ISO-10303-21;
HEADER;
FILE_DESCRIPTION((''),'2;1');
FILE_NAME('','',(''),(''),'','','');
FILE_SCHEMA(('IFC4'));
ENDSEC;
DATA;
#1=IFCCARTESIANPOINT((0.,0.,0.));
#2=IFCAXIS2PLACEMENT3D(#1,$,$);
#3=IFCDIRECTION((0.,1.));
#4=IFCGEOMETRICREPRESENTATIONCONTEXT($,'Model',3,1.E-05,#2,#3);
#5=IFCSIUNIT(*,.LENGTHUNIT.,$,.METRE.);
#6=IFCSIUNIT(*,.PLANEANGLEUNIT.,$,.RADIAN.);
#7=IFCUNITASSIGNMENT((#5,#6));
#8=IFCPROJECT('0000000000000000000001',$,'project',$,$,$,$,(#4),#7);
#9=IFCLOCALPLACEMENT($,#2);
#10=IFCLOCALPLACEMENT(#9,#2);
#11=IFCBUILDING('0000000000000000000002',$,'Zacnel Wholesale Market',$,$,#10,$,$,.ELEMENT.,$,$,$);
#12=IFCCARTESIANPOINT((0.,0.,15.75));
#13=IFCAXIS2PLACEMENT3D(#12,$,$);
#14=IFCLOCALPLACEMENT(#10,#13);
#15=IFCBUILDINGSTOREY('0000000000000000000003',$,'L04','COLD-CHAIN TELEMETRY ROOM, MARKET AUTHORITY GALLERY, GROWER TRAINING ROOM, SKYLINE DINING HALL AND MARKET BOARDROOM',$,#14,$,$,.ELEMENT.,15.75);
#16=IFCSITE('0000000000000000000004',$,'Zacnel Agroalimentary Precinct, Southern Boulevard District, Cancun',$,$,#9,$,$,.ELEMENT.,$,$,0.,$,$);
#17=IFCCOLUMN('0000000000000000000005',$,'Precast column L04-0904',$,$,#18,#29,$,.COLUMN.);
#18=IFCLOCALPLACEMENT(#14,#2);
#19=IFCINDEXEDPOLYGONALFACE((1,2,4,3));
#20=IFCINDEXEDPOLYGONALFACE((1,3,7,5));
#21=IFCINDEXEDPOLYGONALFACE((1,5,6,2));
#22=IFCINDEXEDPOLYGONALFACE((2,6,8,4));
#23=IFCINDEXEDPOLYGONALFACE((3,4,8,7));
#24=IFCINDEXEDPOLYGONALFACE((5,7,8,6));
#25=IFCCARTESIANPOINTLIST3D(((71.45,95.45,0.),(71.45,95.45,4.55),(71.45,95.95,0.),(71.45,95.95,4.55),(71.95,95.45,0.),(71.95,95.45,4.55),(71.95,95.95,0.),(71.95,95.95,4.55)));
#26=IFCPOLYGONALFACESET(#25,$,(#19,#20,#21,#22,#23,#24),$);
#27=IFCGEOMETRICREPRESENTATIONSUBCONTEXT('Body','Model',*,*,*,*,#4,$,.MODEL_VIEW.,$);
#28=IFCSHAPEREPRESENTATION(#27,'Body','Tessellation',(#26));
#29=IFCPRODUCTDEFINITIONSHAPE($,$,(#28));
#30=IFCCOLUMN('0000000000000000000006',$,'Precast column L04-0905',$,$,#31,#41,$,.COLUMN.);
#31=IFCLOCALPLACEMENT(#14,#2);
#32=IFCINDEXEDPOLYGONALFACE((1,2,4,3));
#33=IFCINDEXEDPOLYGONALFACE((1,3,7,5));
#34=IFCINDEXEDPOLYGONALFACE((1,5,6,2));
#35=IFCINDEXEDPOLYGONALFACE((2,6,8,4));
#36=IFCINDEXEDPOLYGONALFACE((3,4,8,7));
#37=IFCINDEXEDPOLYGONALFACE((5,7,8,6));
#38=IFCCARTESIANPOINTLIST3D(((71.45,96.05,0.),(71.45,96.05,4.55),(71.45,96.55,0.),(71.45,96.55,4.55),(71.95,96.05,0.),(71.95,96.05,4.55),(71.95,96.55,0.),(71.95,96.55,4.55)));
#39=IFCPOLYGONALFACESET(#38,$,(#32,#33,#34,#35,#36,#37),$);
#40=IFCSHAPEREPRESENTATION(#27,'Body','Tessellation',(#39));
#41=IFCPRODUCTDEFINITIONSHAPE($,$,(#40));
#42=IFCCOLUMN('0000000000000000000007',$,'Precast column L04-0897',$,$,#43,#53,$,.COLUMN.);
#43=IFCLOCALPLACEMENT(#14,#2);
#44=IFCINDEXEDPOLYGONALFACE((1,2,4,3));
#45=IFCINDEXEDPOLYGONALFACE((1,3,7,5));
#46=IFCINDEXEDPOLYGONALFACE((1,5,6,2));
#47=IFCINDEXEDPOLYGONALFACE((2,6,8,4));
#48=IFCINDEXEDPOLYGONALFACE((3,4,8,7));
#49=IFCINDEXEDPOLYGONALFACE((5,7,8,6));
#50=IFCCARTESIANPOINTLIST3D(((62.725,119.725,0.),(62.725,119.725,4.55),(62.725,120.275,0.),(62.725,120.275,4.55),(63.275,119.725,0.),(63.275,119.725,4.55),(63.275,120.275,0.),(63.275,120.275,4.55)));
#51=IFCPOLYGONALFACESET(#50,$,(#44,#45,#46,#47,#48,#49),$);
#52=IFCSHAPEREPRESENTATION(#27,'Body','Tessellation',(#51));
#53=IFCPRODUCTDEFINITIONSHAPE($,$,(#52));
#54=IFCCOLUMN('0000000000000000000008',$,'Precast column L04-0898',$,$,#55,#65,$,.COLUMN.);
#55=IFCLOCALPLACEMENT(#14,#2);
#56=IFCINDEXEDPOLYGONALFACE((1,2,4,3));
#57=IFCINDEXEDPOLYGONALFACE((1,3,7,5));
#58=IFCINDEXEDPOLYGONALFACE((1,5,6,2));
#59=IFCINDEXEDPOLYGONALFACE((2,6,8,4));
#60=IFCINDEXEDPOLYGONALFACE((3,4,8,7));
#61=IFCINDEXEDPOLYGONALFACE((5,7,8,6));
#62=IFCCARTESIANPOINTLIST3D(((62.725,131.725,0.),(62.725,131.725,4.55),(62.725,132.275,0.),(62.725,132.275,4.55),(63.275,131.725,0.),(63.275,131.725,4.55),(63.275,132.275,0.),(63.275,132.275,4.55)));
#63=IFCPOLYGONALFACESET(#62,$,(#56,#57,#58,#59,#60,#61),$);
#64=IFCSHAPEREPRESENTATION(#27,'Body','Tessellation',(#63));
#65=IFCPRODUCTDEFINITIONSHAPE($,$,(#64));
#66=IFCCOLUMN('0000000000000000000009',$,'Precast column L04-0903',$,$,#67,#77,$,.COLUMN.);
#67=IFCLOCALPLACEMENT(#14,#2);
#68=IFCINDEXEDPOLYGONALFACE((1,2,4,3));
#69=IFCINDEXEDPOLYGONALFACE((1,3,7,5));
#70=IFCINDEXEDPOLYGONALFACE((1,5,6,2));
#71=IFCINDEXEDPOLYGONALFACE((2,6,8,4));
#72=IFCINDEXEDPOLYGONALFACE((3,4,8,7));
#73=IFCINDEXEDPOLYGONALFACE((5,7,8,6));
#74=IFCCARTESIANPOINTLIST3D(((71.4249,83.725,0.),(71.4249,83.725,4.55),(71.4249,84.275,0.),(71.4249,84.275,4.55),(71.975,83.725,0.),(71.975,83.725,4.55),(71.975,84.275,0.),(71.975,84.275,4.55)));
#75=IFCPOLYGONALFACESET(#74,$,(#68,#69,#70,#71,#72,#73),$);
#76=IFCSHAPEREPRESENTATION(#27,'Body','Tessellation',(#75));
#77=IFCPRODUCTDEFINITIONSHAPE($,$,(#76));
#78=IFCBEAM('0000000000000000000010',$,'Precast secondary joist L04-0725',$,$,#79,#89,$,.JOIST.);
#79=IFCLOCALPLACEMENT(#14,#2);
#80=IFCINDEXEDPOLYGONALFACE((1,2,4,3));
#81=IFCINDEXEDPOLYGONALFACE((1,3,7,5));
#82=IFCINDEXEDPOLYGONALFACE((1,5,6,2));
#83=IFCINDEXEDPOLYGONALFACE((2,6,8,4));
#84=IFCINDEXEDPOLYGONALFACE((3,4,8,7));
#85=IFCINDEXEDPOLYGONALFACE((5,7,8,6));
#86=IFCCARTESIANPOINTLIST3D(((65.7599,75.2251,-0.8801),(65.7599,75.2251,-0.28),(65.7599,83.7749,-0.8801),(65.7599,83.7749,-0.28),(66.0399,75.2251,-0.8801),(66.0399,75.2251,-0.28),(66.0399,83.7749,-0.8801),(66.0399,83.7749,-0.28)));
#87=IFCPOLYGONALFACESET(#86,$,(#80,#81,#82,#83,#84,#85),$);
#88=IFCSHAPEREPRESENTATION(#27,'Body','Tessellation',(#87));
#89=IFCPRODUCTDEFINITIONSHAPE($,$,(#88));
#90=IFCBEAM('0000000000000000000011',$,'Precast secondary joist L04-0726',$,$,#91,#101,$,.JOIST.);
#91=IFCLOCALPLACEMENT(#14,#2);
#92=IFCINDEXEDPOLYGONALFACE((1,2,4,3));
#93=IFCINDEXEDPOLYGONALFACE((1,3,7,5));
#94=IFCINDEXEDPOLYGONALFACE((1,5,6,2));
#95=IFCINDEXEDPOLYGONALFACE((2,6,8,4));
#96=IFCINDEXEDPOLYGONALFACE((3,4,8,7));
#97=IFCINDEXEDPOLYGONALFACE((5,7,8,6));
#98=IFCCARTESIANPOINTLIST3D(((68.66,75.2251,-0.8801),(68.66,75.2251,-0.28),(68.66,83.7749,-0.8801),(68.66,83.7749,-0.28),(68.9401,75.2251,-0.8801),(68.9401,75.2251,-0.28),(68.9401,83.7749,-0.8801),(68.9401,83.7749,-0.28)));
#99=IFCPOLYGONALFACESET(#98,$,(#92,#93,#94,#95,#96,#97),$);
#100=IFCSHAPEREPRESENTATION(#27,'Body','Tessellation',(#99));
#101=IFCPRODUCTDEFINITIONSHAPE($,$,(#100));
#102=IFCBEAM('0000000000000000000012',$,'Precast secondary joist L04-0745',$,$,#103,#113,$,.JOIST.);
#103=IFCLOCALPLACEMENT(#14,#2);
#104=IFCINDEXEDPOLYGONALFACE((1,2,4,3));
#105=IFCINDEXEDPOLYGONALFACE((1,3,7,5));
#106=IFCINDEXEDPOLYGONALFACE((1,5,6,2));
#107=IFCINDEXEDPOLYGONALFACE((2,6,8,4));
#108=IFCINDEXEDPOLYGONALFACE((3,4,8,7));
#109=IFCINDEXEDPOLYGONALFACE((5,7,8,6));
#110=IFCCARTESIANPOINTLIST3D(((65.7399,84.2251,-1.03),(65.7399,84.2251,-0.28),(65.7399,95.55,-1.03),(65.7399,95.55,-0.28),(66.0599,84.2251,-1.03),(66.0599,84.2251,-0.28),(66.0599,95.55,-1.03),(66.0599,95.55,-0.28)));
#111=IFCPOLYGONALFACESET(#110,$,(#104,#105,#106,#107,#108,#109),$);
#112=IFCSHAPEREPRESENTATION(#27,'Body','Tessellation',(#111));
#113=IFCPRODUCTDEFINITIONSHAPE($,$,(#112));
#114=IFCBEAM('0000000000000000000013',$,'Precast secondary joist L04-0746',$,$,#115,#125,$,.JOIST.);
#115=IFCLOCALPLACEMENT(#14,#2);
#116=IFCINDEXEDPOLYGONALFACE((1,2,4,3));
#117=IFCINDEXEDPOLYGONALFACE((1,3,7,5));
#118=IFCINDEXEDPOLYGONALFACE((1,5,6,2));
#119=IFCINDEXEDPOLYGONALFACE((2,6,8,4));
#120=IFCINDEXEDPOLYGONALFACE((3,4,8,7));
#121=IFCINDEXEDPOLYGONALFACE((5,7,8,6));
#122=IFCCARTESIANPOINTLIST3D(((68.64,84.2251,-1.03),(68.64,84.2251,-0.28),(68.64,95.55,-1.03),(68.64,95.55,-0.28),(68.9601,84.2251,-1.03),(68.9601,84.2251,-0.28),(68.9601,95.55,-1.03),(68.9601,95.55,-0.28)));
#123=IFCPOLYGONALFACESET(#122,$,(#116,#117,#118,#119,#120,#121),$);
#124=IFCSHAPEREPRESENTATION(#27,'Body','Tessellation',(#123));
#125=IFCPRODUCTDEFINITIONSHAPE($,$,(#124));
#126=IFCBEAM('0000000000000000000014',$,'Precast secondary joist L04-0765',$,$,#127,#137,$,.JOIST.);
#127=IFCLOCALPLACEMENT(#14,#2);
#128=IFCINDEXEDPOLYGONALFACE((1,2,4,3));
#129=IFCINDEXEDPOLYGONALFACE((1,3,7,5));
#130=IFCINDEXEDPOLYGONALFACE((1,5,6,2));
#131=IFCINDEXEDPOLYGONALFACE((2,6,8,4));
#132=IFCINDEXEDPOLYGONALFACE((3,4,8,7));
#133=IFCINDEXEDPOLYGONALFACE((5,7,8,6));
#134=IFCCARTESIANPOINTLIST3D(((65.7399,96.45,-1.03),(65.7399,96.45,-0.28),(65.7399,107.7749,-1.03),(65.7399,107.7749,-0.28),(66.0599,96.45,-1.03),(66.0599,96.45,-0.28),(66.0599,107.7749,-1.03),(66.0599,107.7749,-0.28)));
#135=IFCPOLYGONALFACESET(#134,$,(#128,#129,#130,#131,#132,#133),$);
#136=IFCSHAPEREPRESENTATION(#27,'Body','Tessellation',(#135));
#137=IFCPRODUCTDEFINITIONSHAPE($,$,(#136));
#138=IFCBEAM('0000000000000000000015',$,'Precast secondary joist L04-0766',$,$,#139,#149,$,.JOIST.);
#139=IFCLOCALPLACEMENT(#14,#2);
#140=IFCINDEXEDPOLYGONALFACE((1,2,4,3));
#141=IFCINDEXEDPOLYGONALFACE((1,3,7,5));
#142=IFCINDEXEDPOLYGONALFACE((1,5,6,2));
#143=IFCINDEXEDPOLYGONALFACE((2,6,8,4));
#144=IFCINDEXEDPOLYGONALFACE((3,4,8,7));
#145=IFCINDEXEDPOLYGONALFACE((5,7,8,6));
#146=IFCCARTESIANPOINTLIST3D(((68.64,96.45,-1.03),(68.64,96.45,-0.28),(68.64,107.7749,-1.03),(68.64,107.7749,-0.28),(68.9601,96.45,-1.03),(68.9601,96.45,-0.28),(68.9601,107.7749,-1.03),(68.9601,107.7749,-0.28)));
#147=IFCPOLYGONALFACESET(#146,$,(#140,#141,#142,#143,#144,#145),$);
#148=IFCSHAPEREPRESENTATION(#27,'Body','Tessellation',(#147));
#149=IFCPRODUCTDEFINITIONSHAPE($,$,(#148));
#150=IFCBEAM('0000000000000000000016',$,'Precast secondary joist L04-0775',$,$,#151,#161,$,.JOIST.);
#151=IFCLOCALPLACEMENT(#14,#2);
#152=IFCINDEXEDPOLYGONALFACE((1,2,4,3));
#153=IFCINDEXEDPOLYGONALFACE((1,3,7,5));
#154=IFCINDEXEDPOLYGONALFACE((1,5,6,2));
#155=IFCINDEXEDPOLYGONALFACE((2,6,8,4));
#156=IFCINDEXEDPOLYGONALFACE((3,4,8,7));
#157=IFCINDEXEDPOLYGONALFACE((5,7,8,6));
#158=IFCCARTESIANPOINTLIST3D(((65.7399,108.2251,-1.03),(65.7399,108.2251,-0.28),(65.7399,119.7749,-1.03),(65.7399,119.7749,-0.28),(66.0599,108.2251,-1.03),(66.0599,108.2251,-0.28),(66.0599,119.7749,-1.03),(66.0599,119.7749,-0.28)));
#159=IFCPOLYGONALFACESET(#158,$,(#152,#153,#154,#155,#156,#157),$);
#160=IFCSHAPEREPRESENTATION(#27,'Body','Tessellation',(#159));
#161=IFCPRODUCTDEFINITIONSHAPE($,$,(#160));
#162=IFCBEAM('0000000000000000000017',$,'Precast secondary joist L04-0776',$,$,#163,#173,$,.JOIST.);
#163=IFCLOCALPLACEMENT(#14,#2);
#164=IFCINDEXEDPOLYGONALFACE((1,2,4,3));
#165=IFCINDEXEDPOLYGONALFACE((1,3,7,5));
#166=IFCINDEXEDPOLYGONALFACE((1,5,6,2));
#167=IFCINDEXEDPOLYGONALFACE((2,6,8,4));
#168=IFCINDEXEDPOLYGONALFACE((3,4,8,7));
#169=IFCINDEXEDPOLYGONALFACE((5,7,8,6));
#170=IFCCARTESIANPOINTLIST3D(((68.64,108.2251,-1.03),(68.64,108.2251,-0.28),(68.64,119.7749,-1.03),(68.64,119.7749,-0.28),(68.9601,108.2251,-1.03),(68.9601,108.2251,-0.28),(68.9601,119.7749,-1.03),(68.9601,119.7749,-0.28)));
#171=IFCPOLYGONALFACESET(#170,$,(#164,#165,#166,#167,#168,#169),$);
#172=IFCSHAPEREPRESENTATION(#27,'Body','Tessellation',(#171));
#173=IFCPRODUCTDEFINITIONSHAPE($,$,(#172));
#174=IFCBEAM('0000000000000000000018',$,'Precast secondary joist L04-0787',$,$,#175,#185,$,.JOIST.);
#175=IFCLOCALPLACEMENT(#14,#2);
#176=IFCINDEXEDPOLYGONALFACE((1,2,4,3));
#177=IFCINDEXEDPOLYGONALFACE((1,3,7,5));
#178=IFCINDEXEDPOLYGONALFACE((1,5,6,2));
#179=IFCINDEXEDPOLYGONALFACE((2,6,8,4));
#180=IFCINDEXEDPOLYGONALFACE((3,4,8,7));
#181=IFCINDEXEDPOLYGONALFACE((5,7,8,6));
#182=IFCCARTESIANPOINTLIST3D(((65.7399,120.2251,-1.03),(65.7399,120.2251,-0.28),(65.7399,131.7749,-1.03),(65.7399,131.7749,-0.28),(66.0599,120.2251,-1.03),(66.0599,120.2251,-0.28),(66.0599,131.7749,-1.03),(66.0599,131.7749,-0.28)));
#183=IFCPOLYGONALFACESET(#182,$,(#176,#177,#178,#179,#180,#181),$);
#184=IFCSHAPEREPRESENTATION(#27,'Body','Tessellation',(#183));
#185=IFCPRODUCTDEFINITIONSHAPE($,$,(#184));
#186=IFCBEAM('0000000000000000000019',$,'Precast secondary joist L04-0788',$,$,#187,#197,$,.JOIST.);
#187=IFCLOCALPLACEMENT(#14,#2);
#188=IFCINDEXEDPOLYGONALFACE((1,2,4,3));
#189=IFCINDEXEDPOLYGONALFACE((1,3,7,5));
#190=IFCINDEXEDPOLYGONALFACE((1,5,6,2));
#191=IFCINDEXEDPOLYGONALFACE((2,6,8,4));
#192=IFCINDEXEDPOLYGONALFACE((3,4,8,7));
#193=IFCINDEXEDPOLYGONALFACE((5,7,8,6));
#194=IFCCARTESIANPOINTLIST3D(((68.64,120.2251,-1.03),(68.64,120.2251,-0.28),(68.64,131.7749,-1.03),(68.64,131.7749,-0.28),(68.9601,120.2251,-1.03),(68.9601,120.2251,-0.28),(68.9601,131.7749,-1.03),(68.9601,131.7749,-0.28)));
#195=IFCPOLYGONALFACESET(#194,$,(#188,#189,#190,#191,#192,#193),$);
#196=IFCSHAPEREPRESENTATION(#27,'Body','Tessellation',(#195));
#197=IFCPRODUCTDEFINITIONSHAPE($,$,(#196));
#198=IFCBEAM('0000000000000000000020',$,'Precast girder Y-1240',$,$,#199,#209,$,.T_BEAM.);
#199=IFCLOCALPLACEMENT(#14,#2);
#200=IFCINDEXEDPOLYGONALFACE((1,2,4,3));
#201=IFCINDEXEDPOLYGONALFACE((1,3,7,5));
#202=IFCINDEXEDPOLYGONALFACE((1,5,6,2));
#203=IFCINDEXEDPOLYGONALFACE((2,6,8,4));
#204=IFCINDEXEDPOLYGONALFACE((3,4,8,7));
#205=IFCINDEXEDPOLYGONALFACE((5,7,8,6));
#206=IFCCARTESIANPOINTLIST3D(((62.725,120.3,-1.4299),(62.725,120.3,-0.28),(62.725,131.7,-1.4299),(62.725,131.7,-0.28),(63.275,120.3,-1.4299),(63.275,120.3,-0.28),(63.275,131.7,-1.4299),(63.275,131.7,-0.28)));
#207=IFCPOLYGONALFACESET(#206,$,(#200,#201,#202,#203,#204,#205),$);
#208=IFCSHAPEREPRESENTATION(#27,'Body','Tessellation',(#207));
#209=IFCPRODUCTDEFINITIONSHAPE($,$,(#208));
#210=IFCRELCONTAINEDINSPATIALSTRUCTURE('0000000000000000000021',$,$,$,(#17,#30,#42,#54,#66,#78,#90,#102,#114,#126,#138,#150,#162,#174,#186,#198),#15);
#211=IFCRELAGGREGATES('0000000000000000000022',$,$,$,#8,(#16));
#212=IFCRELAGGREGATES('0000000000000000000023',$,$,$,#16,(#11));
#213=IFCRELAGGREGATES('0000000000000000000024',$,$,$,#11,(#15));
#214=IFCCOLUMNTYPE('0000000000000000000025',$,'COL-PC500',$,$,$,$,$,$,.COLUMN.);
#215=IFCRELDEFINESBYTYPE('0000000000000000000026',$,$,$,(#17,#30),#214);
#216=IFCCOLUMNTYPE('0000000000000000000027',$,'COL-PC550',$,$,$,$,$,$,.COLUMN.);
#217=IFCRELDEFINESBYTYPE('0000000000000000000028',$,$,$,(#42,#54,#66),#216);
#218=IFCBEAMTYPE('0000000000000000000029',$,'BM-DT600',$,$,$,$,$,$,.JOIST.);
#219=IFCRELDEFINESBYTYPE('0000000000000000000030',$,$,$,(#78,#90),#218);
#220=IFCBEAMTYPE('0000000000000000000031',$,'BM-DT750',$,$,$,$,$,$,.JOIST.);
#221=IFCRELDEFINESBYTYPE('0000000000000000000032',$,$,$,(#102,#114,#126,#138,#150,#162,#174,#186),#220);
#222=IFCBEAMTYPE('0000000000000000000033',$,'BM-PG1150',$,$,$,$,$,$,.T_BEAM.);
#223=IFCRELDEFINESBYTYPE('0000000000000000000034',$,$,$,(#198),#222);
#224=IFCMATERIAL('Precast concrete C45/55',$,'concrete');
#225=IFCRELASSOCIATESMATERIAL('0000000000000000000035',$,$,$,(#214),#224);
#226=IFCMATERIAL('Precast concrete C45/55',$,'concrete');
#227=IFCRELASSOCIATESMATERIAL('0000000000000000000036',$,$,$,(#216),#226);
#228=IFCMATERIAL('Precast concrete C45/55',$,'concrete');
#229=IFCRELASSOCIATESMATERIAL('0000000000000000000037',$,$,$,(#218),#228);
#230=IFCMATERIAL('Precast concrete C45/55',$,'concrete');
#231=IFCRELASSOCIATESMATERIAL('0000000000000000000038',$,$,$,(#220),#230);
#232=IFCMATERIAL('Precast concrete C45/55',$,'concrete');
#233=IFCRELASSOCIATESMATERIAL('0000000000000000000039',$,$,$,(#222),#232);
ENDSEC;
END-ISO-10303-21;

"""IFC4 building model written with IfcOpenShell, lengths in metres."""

from ifc_helpers import new_model, si_unit, direction, frame, origin, origin_2d, place, context, subcontext, project, spatial, rectangle, extrude, material, material_profile, profile_set, type_object, element, save


model = new_model("IFC4")

# Units and contexts
model_context = context("Model", 3, precision=1e-05, world=origin(), true_north=direction((0.0, 1.0)))
body_context = subcontext(model_context, "Body", "Model", "MODEL_VIEW")
ifc_project = project(units=[si_unit("LENGTHUNIT", "METRE"), si_unit("PLANEANGLEUNIT", "RADIAN")], contexts=[model_context])

# Site, building, storey
site_placement = place(None, origin())
site = spatial("IfcSite", under=ifc_project, at=site_placement, Name="Zacnel Agroalimentary Precinct, Southern Boulevard District, Cancun", CompositionType="ELEMENT", RefElevation=0.0)
building_placement = place(site_placement, origin())
building = spatial("IfcBuilding", under=site, at=building_placement, Name="Zacnel Wholesale Market", CompositionType="ELEMENT")
storey_placement = place(building_placement, frame((0.0, 0.0, 15.75)))
storey = spatial("IfcBuildingStorey", under=building, at=storey_placement, Name="L04", Description="COLD-CHAIN TELEMETRY ROOM, MARKET AUTHORITY GALLERY, GROWER TRAINING ROOM, SKYLINE DINING HALL AND MARKET BOARDROOM", CompositionType="ELEMENT", Elevation=15.75)

# Columns
ifc_material_1 = material(Name="Precast concrete C45/55", Category="concrete")
ifc_material_profile_1 = material_profile(ifc_material_1, rectangle(XDim=0.5, YDim=0.5, at=origin_2d()), Name="PC 500x500")
ifc_profile_set_1 = profile_set([ifc_material_profile_1], Name="Precast concrete C45/55")
column_type_1 = type_object("IfcColumnType", Name="COL-PC500", PredefinedType="COLUMN", material=ifc_profile_set_1)
for number, where, z_axis, x_axis, name in (
    (1, (71.7, 95.7, 0.0), (0.0, 0.0, 1.0), (1.0, 0.0, 0.0), "Precast column L04-0904"),
    (2, (71.7, 96.3, 0.0), (0.0, 0.0, 1.0), (1.0, 0.0, 0.0), "Precast column L04-0905"),
):
    element("IfcColumn", number, at=place(storey_placement, frame(where, z_axis=z_axis, x_axis=x_axis)), inside=storey, type_object=column_type_1, Name=name, PredefinedType="COLUMN", context=body_context, shape_type="SweptSolid", body=[
        extrude(rectangle(XDim=0.5, YDim=0.5, at=origin_2d()), origin(), (0.0, 0.0, 1.0), 4.55),
    ])
ifc_material_2 = material(Name="Precast concrete C45/55", Category="concrete")
ifc_material_profile_2 = material_profile(ifc_material_2, rectangle(XDim=0.55, YDim=0.55, at=origin_2d()), Name="PC 550x550")
ifc_profile_set_2 = profile_set([ifc_material_profile_2], Name="Precast concrete C45/55")
column_type_2 = type_object("IfcColumnType", Name="COL-PC550", PredefinedType="COLUMN", material=ifc_profile_set_2)
for number, where, z_axis, x_axis, name in (
    (3, (63.0, 120.0, 0.0), (0.0, 0.0, 1.0), (1.0, 0.0, 0.0), "Precast column L04-0897"),
    (4, (63.0, 132.0, 0.0), (0.0, 0.0, 1.0), (1.0, 0.0, 0.0), "Precast column L04-0898"),
    (5, (71.7, 84.0, 0.0), (0.0, 0.0, 1.0), (1.0, 0.0, 0.0), "Precast column L04-0903"),
):
    element("IfcColumn", number, at=place(storey_placement, frame(where, z_axis=z_axis, x_axis=x_axis)), inside=storey, type_object=column_type_2, Name=name, PredefinedType="COLUMN", context=body_context, shape_type="SweptSolid", body=[
        extrude(rectangle(XDim=0.55, YDim=0.55, at=origin_2d()), origin(), (0.0, 0.0, 1.0), 4.55),
    ])

# Beams
ifc_material_3 = material(Name="Precast concrete C45/55", Category="concrete")
ifc_material_profile_3 = material_profile(ifc_material_3, rectangle(XDim=0.28, YDim=0.6001, at=origin_2d()), Name="DT RIB 280x600")
ifc_profile_set_3 = profile_set([ifc_material_profile_3], Name="Precast concrete C45/55")
beam_type_1 = type_object("IfcBeamType", Name="BM-DT600", PredefinedType="JOIST", material=ifc_profile_set_3)
for number, where, z_axis, x_axis, name in (
    (6, (65.8999, 75.2251, -0.5801), (0.0, 1.0, 0.0), (-1.0, 0.0, 0.0), "Precast secondary joist L04-0725"),
    (7, (68.8, 75.2251, -0.5801), (0.0, 1.0, 0.0), (-1.0, 0.0, 0.0), "Precast secondary joist L04-0726"),
):
    element("IfcBeam", number, at=place(storey_placement, frame(where, z_axis=z_axis, x_axis=x_axis)), inside=storey, type_object=beam_type_1, Name=name, PredefinedType="JOIST", context=body_context, shape_type="SweptSolid", body=[
        extrude(rectangle(XDim=0.28, YDim=0.6001, at=origin_2d()), origin(), (0.0, 0.0, 1.0), 8.5498),
    ])
ifc_material_4 = material(Name="Precast concrete C45/55", Category="concrete")
ifc_material_profile_4 = material_profile(ifc_material_4, rectangle(XDim=0.3201, YDim=0.75, at=origin_2d()), Name="DT RIB 320x750")
ifc_profile_set_4 = profile_set([ifc_material_profile_4], Name="Precast concrete C45/55")
beam_type_2 = type_object("IfcBeamType", Name="BM-DT750", PredefinedType="JOIST", material=ifc_profile_set_4)
for number, where, z_axis, x_axis, name in (
    (8, (65.8999, 84.2251, -0.655), (0.0, 1.0, 0.0), (-1.0, 0.0, 0.0), "Precast secondary joist L04-0745"),
    (9, (68.8, 84.2251, -0.655), (0.0, 1.0, 0.0), (-1.0, 0.0, 0.0), "Precast secondary joist L04-0746"),
    (10, (65.8999, 96.45, -0.655), (0.0, 1.0, 0.0), (-1.0, 0.0, 0.0), "Precast secondary joist L04-0765"),
    (11, (68.8, 96.45, -0.655), (0.0, 1.0, 0.0), (-1.0, 0.0, 0.0), "Precast secondary joist L04-0766"),
):
    element("IfcBeam", number, at=place(storey_placement, frame(where, z_axis=z_axis, x_axis=x_axis)), inside=storey, type_object=beam_type_2, Name=name, PredefinedType="JOIST", context=body_context, shape_type="SweptSolid", body=[
        extrude(rectangle(XDim=0.3201, YDim=0.75, at=origin_2d()), origin(), (0.0, 0.0, 1.0), 11.325),
    ])
for number, where, z_axis, x_axis, name in (
    (12, (65.8999, 108.2251, -0.655), (0.0, 1.0, 0.0), (-1.0, 0.0, 0.0), "Precast secondary joist L04-0775"),
    (13, (68.8, 108.2251, -0.655), (0.0, 1.0, 0.0), (-1.0, 0.0, 0.0), "Precast secondary joist L04-0776"),
    (14, (65.8999, 120.2251, -0.655), (0.0, 1.0, 0.0), (-1.0, 0.0, 0.0), "Precast secondary joist L04-0787"),
    (15, (68.8, 120.2251, -0.655), (0.0, 1.0, 0.0), (-1.0, 0.0, 0.0), "Precast secondary joist L04-0788"),
):
    element("IfcBeam", number, at=place(storey_placement, frame(where, z_axis=z_axis, x_axis=x_axis)), inside=storey, type_object=beam_type_2, Name=name, PredefinedType="JOIST", context=body_context, shape_type="SweptSolid", body=[
        extrude(rectangle(XDim=0.3201, YDim=0.75, at=origin_2d()), origin(), (0.0, 0.0, 1.0), 11.5498),
    ])
ifc_material_5 = material(Name="Precast concrete C45/55", Category="concrete")
ifc_material_profile_5 = material_profile(ifc_material_5, rectangle(XDim=0.55, YDim=1.1499, at=origin_2d()), Name="PG 550x1150")
ifc_profile_set_5 = profile_set([ifc_material_profile_5], Name="Precast concrete C45/55")
beam_type_3 = type_object("IfcBeamType", Name="BM-PG1150", PredefinedType="T_BEAM", material=ifc_profile_set_5)
beam_1_placement = place(storey_placement, frame((63.0, 120.3, -0.855), z_axis=(0.0, 1.0, 0.0), x_axis=(-1.0, 0.0, 0.0)))
element("IfcBeam", 16, at=beam_1_placement, inside=storey, type_object=beam_type_3, Name="Precast girder Y-1240", PredefinedType="T_BEAM", context=body_context, shape_type="SweptSolid", body=[
    extrude(rectangle(XDim=0.55, YDim=1.1499, at=origin_2d()), origin(), (0.0, 0.0, 1.0), 11.3999),
])

save(model, "model.ifc")
